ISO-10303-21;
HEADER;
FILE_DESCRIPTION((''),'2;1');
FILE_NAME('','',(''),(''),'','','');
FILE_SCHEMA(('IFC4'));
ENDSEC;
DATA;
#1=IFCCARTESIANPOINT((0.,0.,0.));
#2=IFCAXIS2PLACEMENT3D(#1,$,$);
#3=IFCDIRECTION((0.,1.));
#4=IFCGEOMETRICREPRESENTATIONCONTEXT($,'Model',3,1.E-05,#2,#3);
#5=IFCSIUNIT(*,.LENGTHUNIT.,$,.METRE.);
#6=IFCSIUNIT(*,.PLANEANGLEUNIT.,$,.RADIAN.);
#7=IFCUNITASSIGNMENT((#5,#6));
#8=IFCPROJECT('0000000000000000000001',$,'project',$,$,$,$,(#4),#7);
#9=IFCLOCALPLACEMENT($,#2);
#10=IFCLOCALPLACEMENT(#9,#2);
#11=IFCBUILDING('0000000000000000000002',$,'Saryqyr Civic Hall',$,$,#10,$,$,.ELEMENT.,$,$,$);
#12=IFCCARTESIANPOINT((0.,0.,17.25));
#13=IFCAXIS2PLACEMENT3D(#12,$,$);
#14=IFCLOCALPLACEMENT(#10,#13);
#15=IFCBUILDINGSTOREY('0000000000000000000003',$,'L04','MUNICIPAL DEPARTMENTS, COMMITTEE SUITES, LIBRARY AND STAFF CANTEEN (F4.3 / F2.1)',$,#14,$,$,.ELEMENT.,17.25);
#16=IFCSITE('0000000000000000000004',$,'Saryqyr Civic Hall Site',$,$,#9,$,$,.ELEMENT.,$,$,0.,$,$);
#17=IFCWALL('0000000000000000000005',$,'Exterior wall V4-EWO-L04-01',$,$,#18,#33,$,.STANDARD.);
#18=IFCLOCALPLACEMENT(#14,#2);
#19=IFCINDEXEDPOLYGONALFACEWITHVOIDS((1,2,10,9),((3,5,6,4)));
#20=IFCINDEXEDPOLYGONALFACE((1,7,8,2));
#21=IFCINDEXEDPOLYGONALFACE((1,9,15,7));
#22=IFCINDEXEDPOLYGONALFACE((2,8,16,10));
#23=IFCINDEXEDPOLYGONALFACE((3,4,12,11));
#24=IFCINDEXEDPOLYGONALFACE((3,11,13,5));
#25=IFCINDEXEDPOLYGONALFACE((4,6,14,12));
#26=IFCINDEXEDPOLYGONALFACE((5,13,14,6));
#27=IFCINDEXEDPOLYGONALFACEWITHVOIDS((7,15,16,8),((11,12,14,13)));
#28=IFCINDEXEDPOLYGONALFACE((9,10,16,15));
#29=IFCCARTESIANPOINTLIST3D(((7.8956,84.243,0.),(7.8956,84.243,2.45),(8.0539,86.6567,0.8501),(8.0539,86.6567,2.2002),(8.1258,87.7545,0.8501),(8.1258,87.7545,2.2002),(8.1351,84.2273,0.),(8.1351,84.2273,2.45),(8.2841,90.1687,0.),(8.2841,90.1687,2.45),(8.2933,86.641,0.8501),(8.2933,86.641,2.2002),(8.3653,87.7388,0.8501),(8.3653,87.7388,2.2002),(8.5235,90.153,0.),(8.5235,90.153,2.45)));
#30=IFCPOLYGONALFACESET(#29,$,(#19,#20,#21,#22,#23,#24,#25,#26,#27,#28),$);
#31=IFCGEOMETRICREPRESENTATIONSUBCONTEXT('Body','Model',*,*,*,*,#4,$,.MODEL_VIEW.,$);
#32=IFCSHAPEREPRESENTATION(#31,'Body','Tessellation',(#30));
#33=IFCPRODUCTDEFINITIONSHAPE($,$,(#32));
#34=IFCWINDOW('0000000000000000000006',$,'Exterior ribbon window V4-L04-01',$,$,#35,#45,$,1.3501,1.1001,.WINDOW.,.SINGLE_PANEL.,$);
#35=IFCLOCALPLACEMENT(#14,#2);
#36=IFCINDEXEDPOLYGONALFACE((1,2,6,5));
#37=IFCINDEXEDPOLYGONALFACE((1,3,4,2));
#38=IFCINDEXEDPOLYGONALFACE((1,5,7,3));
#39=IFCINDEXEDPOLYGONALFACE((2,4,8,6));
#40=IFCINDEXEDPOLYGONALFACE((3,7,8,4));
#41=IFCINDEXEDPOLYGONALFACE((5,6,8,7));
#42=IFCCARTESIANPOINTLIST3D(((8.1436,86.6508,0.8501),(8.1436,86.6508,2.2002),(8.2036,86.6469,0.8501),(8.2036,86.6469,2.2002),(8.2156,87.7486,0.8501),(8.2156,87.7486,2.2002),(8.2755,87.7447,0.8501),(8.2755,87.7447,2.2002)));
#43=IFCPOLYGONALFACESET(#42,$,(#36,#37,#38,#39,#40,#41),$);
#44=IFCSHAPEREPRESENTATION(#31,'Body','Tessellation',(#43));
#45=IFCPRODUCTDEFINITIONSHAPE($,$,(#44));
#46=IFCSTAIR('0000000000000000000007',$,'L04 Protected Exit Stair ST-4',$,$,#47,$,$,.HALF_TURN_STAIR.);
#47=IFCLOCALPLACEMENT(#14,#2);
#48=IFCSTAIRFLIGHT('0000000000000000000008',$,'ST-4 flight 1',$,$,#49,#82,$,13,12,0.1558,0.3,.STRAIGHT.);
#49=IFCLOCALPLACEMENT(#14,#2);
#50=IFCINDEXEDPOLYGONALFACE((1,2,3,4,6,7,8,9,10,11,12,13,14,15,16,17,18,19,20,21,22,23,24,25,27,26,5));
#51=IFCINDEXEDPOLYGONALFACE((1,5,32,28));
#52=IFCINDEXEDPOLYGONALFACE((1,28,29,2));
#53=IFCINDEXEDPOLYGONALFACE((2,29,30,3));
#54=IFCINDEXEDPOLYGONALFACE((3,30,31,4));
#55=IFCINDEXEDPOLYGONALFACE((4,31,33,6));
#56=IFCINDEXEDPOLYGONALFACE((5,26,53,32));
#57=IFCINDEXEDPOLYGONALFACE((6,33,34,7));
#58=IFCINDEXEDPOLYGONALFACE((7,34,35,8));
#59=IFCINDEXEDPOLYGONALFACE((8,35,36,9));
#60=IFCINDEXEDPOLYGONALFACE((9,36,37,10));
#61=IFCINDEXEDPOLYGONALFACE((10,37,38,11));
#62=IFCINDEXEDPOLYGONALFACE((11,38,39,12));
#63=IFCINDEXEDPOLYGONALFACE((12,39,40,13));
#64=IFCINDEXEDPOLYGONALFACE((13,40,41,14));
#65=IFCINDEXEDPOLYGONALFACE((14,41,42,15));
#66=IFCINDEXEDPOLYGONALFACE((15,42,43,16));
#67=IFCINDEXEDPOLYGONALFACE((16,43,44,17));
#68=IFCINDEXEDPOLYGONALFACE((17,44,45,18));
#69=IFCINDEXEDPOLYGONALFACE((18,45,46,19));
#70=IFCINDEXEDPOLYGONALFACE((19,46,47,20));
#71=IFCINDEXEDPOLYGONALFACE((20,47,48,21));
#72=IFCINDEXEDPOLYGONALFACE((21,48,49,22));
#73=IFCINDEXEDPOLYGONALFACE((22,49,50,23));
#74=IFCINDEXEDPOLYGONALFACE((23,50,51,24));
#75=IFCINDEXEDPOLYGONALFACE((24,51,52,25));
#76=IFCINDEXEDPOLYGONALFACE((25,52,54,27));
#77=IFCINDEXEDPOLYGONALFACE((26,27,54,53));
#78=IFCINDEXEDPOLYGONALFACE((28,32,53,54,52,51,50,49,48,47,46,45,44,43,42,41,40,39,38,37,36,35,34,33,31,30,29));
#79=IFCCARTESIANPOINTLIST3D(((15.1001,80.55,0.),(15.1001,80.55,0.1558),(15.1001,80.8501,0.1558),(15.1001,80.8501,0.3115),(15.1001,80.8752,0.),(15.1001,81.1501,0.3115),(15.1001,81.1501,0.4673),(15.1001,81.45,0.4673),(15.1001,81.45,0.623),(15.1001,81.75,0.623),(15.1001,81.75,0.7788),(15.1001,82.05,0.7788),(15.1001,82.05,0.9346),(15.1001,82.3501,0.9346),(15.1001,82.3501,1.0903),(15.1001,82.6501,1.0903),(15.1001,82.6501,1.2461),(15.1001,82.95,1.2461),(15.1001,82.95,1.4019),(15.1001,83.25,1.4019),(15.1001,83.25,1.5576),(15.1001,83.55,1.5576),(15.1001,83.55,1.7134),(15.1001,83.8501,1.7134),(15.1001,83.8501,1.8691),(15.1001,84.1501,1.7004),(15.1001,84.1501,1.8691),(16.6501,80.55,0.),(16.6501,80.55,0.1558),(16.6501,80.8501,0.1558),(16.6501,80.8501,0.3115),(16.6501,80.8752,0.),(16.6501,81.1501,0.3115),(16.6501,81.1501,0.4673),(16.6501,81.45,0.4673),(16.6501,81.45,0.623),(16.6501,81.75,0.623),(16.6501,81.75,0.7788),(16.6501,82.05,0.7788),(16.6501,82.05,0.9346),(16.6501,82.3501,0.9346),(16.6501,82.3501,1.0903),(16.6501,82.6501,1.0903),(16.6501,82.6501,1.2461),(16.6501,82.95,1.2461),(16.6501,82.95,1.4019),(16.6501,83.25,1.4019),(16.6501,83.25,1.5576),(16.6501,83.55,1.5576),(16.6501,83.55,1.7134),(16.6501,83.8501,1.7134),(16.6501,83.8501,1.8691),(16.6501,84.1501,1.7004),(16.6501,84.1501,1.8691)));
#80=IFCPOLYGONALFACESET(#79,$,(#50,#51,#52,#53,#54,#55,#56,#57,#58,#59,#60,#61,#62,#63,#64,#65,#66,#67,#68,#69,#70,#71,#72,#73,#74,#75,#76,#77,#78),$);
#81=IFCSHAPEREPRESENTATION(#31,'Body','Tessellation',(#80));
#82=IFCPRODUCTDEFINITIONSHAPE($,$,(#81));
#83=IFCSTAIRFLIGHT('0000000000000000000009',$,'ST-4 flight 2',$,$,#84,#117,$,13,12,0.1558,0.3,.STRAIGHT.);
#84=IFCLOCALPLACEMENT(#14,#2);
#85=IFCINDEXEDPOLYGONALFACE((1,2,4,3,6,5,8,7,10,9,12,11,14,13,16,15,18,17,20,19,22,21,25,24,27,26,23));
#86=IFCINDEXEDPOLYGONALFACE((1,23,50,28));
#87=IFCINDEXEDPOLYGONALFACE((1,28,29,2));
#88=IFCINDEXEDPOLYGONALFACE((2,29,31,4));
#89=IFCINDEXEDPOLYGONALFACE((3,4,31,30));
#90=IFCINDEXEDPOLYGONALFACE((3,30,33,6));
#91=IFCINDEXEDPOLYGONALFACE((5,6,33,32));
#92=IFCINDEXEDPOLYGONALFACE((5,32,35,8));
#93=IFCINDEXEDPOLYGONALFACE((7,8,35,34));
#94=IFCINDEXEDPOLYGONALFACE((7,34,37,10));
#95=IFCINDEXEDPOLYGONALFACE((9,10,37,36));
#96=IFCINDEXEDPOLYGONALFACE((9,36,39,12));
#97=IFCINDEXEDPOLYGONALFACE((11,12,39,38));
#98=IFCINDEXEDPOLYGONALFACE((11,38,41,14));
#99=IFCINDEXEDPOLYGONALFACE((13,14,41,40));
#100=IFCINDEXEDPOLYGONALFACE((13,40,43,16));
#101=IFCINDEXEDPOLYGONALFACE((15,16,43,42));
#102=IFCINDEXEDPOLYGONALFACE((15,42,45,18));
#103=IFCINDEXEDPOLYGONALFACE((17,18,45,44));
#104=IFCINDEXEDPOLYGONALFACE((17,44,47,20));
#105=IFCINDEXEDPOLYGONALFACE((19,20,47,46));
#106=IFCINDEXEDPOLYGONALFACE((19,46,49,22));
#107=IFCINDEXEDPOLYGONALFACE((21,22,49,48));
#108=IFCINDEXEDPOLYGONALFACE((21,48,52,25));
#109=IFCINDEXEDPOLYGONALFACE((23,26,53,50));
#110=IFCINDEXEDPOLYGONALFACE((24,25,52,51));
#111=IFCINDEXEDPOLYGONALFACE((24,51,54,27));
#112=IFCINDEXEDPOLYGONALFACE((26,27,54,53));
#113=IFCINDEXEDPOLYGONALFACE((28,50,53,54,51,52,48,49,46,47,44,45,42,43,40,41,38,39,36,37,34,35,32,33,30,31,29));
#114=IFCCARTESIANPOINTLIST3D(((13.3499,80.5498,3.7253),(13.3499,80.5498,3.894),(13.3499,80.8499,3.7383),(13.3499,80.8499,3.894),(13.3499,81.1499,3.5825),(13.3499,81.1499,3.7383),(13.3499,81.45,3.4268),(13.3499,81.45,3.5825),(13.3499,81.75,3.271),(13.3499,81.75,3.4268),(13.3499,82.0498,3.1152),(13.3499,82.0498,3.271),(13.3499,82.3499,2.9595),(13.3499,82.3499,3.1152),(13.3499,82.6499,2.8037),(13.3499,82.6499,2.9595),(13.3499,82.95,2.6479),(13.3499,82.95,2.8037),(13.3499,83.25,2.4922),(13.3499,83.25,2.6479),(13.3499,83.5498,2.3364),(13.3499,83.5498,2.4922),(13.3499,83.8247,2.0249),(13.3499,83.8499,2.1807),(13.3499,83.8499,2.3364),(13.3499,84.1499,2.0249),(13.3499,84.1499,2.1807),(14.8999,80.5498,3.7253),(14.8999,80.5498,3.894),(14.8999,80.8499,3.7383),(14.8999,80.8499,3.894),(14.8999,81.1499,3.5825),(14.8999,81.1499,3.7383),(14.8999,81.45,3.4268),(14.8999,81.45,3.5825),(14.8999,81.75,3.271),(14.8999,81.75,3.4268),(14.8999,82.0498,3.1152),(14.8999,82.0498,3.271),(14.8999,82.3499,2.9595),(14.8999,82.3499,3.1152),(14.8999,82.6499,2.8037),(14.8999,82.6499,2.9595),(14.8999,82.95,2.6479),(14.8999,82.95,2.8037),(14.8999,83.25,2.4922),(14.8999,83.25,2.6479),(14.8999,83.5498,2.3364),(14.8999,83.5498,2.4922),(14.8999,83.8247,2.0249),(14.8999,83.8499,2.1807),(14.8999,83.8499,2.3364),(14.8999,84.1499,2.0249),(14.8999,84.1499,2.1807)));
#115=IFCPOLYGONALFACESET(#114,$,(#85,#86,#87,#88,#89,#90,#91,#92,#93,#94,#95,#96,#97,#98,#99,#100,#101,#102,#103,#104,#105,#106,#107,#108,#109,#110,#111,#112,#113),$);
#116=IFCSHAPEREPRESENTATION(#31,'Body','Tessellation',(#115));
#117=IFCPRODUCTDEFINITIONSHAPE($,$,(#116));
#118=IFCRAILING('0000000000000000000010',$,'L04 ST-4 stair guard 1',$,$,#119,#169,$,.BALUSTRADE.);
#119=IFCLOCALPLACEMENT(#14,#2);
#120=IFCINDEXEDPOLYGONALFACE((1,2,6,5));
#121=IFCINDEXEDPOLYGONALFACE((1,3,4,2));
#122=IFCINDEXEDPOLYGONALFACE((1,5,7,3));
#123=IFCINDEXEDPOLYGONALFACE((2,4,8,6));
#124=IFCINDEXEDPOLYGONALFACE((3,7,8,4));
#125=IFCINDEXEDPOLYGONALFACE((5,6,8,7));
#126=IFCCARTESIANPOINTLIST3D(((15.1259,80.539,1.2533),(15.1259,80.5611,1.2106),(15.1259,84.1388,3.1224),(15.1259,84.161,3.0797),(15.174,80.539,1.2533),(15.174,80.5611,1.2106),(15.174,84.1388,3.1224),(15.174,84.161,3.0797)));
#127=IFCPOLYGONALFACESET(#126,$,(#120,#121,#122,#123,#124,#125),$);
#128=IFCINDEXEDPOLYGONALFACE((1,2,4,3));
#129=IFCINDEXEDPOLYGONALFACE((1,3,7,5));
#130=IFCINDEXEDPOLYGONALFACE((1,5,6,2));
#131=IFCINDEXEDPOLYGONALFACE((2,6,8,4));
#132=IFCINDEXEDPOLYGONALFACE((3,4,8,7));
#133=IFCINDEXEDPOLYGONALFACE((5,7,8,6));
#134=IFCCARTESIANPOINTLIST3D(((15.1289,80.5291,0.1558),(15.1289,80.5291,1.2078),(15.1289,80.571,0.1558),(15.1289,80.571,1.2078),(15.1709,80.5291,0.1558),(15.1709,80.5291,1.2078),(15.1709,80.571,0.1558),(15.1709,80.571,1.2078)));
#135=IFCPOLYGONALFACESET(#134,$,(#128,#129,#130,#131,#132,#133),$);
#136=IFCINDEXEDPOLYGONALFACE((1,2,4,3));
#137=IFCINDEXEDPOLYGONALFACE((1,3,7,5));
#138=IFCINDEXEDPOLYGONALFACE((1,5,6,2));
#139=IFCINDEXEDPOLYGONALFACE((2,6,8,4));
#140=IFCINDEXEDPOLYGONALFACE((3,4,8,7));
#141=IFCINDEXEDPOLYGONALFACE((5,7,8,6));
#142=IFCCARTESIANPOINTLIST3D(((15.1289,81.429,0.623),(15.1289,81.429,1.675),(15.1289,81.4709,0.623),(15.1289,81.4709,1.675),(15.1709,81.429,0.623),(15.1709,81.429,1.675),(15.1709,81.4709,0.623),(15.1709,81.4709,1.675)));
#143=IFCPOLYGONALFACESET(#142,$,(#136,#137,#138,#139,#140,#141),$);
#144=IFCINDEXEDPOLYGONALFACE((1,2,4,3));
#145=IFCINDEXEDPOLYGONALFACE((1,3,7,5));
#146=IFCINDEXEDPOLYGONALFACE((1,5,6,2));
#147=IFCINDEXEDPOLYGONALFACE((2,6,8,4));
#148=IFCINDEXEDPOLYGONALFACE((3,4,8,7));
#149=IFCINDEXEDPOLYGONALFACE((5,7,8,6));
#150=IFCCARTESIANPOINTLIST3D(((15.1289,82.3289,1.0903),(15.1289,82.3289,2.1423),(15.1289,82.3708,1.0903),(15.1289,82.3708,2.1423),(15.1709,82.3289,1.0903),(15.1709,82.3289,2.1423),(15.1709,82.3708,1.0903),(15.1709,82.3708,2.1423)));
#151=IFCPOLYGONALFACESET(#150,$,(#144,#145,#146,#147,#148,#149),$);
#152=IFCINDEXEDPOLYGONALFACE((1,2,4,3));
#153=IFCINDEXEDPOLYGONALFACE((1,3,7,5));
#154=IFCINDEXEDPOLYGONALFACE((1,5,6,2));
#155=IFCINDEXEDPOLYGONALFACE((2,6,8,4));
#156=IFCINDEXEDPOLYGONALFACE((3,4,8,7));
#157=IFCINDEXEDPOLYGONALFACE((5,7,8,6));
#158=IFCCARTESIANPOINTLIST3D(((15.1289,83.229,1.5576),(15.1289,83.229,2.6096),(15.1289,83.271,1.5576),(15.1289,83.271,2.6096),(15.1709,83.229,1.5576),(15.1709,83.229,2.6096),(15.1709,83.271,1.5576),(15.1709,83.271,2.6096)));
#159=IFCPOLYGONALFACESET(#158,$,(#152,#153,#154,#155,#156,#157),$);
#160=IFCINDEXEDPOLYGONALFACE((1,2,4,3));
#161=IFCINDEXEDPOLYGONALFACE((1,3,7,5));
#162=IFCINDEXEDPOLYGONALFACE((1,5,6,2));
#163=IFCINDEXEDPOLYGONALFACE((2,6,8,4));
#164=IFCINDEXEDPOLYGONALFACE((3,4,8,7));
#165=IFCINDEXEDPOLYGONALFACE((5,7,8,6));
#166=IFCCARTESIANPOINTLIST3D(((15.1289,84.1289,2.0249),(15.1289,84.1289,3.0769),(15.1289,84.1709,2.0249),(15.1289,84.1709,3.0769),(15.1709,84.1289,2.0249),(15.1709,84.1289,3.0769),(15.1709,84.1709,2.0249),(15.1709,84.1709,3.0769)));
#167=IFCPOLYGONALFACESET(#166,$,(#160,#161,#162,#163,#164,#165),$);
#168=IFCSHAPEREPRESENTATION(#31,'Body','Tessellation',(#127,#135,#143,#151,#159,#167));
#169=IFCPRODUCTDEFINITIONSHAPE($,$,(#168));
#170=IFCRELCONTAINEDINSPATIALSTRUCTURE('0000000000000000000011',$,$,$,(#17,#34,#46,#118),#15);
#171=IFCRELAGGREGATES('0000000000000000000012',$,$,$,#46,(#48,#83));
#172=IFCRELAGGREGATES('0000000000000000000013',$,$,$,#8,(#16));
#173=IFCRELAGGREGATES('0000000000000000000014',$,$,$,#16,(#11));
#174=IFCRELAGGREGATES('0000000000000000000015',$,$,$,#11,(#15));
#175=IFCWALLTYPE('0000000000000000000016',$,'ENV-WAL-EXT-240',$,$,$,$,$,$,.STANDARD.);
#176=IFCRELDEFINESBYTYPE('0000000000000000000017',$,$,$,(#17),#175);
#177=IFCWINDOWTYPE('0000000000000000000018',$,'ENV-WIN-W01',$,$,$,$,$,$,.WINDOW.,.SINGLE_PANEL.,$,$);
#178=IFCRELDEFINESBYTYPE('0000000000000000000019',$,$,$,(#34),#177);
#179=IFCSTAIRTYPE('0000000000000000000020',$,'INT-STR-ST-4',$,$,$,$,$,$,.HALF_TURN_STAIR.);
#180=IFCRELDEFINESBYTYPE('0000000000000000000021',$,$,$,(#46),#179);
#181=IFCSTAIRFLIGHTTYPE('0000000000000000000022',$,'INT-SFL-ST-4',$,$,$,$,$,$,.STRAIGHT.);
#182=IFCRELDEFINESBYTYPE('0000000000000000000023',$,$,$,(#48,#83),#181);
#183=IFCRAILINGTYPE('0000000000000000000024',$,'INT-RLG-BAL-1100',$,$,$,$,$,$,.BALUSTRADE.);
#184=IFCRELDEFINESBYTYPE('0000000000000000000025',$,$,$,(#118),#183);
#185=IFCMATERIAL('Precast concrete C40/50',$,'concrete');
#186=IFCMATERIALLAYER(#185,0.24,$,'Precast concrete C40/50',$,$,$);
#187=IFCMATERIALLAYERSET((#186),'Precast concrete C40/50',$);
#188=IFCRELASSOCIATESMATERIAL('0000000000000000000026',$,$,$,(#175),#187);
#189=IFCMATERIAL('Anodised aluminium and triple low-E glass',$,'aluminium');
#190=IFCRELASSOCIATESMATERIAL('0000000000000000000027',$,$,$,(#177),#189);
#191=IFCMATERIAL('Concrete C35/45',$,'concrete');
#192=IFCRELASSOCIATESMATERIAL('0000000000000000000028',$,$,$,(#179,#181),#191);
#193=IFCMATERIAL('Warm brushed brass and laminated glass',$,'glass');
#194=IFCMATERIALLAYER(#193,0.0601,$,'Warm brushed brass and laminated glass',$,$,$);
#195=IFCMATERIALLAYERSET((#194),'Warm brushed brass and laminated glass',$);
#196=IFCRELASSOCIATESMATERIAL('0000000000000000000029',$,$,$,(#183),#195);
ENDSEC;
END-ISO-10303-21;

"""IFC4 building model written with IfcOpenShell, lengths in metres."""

from ifc_helpers import new_model, si_unit, direction, frame, frame_2d, origin, origin_2d, place, context, subcontext, project, spatial, polyline, rectangle, outline, extrude, material, layer, layer_set, type_object, element, fill, aggregate, save


model = new_model("IFC4")

# Units and contexts
model_context = context("Model", 3, precision=1e-05, world=origin(), true_north=direction((0.0, 1.0)))
body_context = subcontext(model_context, "Body", "Model", "MODEL_VIEW")
ifc_project = project(units=[si_unit("LENGTHUNIT", "METRE"), si_unit("PLANEANGLEUNIT", "RADIAN")], contexts=[model_context])

# Site, building, storey
site_placement = place(None, origin())
site = spatial("IfcSite", under=ifc_project, at=site_placement, Name="Saryqyr Civic Hall Site", CompositionType="ELEMENT", RefElevation=0.0)
building_placement = place(site_placement, origin())
building = spatial("IfcBuilding", under=site, at=building_placement, Name="Saryqyr Civic Hall", CompositionType="ELEMENT")
storey_placement = place(building_placement, frame((0.0, 0.0, 17.25)))
storey = spatial("IfcBuildingStorey", under=building, at=storey_placement, Name="L04", Description="MUNICIPAL DEPARTMENTS, COMMITTEE SUITES, LIBRARY AND STAFF CANTEEN (F4.3 / F2.1)", CompositionType="ELEMENT", Elevation=17.25)

# Shared definitions
ifc_material_1 = material(Name="Anodised aluminium and triple low-E glass", Category="aluminium")

# Shared definitions
ifc_material_2 = material(Name="Concrete C35/45", Category="concrete")

# Wall, opening, window
ifc_material_3 = material(Name="Precast concrete C40/50", Category="concrete")
ifc_layer_1 = layer(ifc_material_3, 0.24, Name="Precast concrete C40/50")
ifc_layer_set_1 = layer_set([ifc_layer_1], Name="Precast concrete C40/50")
wall_type = type_object("IfcWallType", Name="ENV-WAL-EXT-240", PredefinedType="STANDARD", material=ifc_layer_set_1)
wall_placement = place(storey_placement, frame((8.0154, 84.2351, 0.0), z_axis=(0.0, 0.0, 1.0), x_axis=(0.065408, 0.997859, 0.0)))
wall = element("IfcWall", 1, at=wall_placement, inside=storey, type_object=wall_type, Name="Exterior wall V4-EWO-L04-01", PredefinedType="STANDARD", context=body_context, shape_type="SweptSolid", body=[
    extrude(rectangle(XDim=5.9385, YDim=0.24, at=frame_2d((2.9692, 0.0))), origin(), (0.0, 0.0, 1.0), 2.45),
])
opening_placement = place(wall_placement, frame((2.4189, 0.0, 0.8501)))
opening = element("IfcOpeningElement", 2, at=opening_placement, cuts=wall, PredefinedType="OPENING", context=body_context, shape_type="SweptSolid", body=[
    extrude(rectangle(XDim=1.1001, YDim=1.3501, at=frame_2d((0.55, 0.675))), frame((0.0, 0.1299, 0.0), z_axis=(0.0, -1.0, 0.0), x_axis=(1.0, 0.0, 0.0)), (0.0, 0.0, 1.0), 0.26),
])
window_type = type_object("IfcWindowType", Name="ENV-WIN-W01", PartitioningType="SINGLE_PANEL", PredefinedType="WINDOW", material=ifc_material_1)
window_placement = place(opening_placement, origin())
window = element("IfcWindow", 3, at=window_placement, inside=storey, type_object=window_type, Name="Exterior ribbon window V4-L04-01", OverallHeight=1.3501, OverallWidth=1.1001, PartitioningType="SINGLE_PANEL", PredefinedType="WINDOW", context=body_context, shape_type="SweptSolid", body=[
    extrude(rectangle(XDim=1.1001, YDim=1.3501, at=frame_2d((0.55, 0.675))), frame((0.0, 0.03, 0.0), z_axis=(0.0, -1.0, 0.0), x_axis=(1.0, 0.0, 0.0)), (0.0, 0.0, 1.0), 0.0601),
])
fill(opening, window)

# Stair, stair flights
stair_type = type_object("IfcStairType", Name="INT-STR-ST-4", PredefinedType="HALF_TURN_STAIR", material=ifc_material_2)
stair_placement = place(storey_placement, origin())
stair = element("IfcStair", 4, at=stair_placement, inside=storey, type_object=stair_type, Name="L04 Protected Exit Stair ST-4", PredefinedType="HALF_TURN_STAIR")
stair_flight_type = type_object("IfcStairFlightType", Name="INT-SFL-ST-4", PredefinedType="STRAIGHT", material=ifc_material_2)
stair_flight_1_placement = place(storey_placement, frame((15.875, 80.55, 0.0), z_axis=(0.0, 0.0, 1.0), x_axis=(0.0, 1.0, 0.0)))
stair_flight_1 = element("IfcStairFlight", 5, at=stair_flight_1_placement, type_object=stair_flight_type, Name="ST-4 flight 1", NumberOfRisers=13, NumberOfTreads=12, PredefinedType="STRAIGHT", RiserHeight=0.1558, TreadLength=0.3, context=body_context, shape_type="SweptSolid", body=[
    extrude(outline(polyline([(0.0, 0.0), (0.0, 0.1558), (0.3, 0.1558), (0.3, 0.3115), (0.6001, 0.3115), (0.6001, 0.4673), (0.8999, 0.4673), (0.8999, 0.623), (1.2, 0.623), (1.2, 0.7788), (1.5, 0.7788), (1.5, 0.9346), (1.8, 0.9346), (1.8, 1.0903), (2.1001, 1.0903), (2.1001, 1.2461), (2.3999, 1.2461), (2.3999, 1.4019), (2.7, 1.4019), (2.7, 1.5576), (3.0, 1.5576), (3.0, 1.7134), (3.3, 1.7134), (3.3, 1.8691), (3.6001, 1.8691), (3.6001, 2.0249), (3.6001, 1.7004), (0.3252, 0.0), (0.0, 0.0)])), frame((0.0, 0.7749, 0.0), z_axis=(0.0, -1.0, 0.0), x_axis=(1.0, 0.0, 0.0)), (0.0, 0.0, 1.0), 1.55),
])
stair_flight_2_placement = place(storey_placement, frame((14.125, 84.1499, 2.0249), z_axis=(0.0, 0.0, 1.0), x_axis=(0.0, -1.0, 0.0)))
stair_flight_2 = element("IfcStairFlight", 6, at=stair_flight_2_placement, type_object=stair_flight_type, Name="ST-4 flight 2", NumberOfRisers=13, NumberOfTreads=12, PredefinedType="STRAIGHT", RiserHeight=0.1558, TreadLength=0.3, context=body_context, shape_type="SweptSolid", body=[
    extrude(outline(polyline([(0.0, 0.0), (0.0, 0.1558), (0.3, 0.1558), (0.3, 0.3115), (0.6001, 0.3115), (0.6001, 0.4673), (0.8999, 0.4673), (0.8999, 0.623), (1.2, 0.623), (1.2, 0.7788), (1.5, 0.7788), (1.5, 0.9346), (1.8, 0.9346), (1.8, 1.0903), (2.1001, 1.0903), (2.1001, 1.2461), (2.3999, 1.2461), (2.3999, 1.4019), (2.7, 1.4019), (2.7, 1.5576), (3.0, 1.5576), (3.0, 1.7134), (3.3, 1.7134), (3.3, 1.8691), (3.6001, 1.8691), (3.6001, 2.0249), (3.6001, 1.7004), (0.3252, 0.0), (0.0, 0.0)])), frame((0.0, 0.7749, 0.0), z_axis=(0.0, -1.0, 0.0), x_axis=(1.0, 0.0, 0.0)), (0.0, 0.0, 1.0), 1.55),
])
aggregate(stair, [stair_flight_1, stair_flight_2])

# Railing
ifc_material_4 = material(Name="Warm brushed brass and laminated glass", Category="glass")
ifc_layer_2 = layer(ifc_material_4, 0.0601, Name="Warm brushed brass and laminated glass")
ifc_layer_set_2 = layer_set([ifc_layer_2], Name="Warm brushed brass and laminated glass")
railing_type_1 = type_object("IfcRailingType", Name="INT-RLG-BAL-1100", PredefinedType="BALUSTRADE", material=ifc_layer_set_2)
railing_1_placement = place(storey_placement, frame((15.1499, 80.55, 0.1558)))
element("IfcRailing", 7, at=railing_1_placement, inside=storey, type_object=railing_type_1, Name="L04 ST-4 stair guard 1", PredefinedType="BALUSTRADE", context=body_context, shape_type="SweptSolid", body=[
    extrude(rectangle(XDim=0.0481, YDim=0.0481, at=origin_2d()), frame((0.0, 0.0, 1.0762), z_axis=(0.0, 0.887497, 0.460813), x_axis=(-1.0, 0.0, 0.0)), (0.0, 0.0, 1.0), 4.0562),
    extrude(rectangle(XDim=0.042, YDim=0.042, at=origin_2d()), origin(), (0.0, 0.0, 1.0), 1.052),
    extrude(rectangle(XDim=0.042, YDim=0.042, at=origin_2d()), frame((0.0, 0.8999, 0.4673)), (0.0, 0.0, 1.0), 1.052),
    extrude(rectangle(XDim=0.042, YDim=0.042, at=origin_2d()), frame((0.0, 1.7998, 0.9346)), (0.0, 0.0, 1.0), 1.052),
    extrude(rectangle(XDim=0.042, YDim=0.042, at=origin_2d()), frame((0.0, 2.7, 1.4019)), (0.0, 0.0, 1.0), 1.052),
    extrude(rectangle(XDim=0.042, YDim=0.042, at=origin_2d()), frame((0.0, 3.5999, 1.8691)), (0.0, 0.0, 1.0), 1.052),
])

save(model, "model.ifc")
